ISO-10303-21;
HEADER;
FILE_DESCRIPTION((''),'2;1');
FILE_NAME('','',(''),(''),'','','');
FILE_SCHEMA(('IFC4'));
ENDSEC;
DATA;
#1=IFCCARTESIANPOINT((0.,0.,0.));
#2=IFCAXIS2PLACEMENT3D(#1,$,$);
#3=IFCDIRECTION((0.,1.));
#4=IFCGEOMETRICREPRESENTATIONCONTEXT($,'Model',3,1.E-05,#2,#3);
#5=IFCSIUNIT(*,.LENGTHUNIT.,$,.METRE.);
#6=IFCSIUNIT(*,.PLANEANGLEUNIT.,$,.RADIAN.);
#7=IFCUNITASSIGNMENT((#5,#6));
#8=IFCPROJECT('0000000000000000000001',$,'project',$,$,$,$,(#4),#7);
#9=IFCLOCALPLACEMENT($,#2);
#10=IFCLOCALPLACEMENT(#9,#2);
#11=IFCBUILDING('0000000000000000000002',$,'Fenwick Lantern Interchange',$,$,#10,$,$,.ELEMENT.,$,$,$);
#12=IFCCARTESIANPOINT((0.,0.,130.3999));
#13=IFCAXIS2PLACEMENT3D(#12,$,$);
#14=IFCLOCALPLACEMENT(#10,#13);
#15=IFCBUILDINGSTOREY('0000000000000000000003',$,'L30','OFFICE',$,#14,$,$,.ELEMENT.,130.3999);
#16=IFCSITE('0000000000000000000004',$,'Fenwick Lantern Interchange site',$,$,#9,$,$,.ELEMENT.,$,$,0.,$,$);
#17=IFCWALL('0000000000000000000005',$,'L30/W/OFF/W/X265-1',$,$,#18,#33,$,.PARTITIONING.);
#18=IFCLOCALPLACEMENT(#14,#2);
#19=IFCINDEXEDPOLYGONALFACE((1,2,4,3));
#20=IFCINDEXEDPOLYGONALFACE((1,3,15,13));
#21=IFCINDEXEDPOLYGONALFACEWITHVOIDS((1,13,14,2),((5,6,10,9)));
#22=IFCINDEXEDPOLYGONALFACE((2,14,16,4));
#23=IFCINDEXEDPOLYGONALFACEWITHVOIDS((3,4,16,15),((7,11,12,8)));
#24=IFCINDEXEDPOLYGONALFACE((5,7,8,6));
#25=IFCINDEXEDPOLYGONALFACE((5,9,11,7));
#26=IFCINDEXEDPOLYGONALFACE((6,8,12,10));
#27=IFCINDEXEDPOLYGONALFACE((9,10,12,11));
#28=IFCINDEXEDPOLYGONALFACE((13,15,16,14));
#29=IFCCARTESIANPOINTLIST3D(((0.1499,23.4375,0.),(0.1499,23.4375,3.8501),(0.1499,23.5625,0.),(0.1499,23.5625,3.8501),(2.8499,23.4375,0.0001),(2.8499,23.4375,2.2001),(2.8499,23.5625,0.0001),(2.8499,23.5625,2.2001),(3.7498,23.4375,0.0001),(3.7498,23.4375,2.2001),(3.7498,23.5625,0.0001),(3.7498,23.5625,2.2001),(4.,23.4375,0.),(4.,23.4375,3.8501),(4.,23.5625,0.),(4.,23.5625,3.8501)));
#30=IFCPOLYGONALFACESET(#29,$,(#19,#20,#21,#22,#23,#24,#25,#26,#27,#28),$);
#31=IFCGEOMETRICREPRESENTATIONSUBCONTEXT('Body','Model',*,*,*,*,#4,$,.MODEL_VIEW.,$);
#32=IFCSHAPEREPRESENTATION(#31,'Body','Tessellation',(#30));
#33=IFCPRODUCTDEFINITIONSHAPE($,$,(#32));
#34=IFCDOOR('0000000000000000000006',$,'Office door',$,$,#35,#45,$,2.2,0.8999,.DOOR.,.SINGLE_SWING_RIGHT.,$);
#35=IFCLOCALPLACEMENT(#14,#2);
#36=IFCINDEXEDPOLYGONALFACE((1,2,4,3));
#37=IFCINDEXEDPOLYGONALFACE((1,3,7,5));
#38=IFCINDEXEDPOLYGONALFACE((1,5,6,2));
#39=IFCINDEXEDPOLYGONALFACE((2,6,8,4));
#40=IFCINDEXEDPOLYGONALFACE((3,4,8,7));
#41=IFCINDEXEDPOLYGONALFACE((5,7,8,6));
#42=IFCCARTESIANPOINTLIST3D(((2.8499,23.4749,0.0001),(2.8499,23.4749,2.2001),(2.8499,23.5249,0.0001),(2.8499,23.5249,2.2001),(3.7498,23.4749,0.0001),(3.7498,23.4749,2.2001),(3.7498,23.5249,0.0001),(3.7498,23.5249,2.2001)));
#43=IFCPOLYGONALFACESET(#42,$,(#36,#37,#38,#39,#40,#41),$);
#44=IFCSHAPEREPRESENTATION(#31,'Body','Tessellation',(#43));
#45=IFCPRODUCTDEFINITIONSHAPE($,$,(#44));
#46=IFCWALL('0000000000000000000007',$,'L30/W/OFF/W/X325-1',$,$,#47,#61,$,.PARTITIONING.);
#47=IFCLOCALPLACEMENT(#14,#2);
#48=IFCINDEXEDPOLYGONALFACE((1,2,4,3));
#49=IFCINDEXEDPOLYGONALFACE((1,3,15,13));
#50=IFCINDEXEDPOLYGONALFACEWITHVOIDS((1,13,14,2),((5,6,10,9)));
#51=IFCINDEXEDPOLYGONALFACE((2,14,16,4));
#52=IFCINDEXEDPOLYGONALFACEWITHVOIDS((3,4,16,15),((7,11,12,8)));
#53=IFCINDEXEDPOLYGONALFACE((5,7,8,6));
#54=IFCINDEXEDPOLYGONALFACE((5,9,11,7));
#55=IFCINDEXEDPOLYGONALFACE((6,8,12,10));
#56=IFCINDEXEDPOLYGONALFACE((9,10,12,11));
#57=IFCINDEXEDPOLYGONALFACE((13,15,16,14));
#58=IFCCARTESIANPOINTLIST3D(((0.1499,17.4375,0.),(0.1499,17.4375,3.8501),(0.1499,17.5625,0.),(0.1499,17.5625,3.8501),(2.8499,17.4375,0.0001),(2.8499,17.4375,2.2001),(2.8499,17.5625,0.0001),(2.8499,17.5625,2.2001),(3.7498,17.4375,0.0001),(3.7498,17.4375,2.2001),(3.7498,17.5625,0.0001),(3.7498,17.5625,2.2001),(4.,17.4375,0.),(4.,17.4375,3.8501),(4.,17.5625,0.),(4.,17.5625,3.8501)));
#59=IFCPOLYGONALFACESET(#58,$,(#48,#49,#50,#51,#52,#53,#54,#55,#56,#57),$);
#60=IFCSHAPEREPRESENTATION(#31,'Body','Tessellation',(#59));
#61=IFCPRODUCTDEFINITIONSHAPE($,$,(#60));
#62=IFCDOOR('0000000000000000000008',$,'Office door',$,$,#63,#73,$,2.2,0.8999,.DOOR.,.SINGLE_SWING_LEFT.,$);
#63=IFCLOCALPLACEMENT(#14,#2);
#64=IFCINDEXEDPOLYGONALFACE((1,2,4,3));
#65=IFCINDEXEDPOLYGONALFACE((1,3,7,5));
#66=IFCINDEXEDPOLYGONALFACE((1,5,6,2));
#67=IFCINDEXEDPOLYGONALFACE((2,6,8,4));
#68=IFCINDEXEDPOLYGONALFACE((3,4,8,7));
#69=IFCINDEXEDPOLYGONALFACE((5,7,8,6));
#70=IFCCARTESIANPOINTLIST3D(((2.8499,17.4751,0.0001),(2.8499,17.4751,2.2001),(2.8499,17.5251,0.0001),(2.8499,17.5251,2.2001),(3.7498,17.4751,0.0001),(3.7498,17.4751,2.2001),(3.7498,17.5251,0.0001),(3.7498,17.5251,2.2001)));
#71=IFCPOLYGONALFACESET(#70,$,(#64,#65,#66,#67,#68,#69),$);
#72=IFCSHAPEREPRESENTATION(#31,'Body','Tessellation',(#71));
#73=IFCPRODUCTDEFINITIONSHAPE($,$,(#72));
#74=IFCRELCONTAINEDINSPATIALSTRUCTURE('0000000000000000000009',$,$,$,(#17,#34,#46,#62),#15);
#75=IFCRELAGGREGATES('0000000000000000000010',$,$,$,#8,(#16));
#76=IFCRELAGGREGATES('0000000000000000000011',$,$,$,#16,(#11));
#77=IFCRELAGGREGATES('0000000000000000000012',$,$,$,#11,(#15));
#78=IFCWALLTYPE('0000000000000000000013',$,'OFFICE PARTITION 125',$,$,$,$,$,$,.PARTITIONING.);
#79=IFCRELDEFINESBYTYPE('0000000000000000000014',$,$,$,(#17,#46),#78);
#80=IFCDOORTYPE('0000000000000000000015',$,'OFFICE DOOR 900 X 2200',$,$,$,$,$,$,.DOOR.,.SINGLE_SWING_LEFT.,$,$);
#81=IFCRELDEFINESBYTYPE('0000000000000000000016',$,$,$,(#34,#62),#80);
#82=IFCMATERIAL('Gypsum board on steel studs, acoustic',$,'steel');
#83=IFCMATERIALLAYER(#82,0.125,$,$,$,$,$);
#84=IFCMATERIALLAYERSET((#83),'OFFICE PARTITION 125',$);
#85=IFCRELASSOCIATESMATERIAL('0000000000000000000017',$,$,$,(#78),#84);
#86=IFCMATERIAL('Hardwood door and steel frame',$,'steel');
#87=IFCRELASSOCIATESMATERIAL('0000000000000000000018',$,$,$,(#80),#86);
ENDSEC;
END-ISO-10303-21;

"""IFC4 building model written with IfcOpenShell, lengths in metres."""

from ifc_helpers import new_model, si_unit, direction, frame, frame_2d, origin, place, context, subcontext, project, spatial, rectangle, extrude, material, layer, layer_set, type_object, element, fill, save


model = new_model("IFC4")

# Units and contexts
model_context = context("Model", 3, precision=1e-05, world=origin(), true_north=direction((0.0, 1.0)))
body_context = subcontext(model_context, "Body", "Model", "MODEL_VIEW")
ifc_project = project(units=[si_unit("LENGTHUNIT", "METRE"), si_unit("PLANEANGLEUNIT", "RADIAN")], contexts=[model_context])

# Site, building, storey
site_placement = place(None, origin())
site = spatial("IfcSite", under=ifc_project, at=site_placement, Name="Fenwick Lantern Interchange site", CompositionType="ELEMENT", RefElevation=0.0)
building_placement = place(site_placement, origin())
building = spatial("IfcBuilding", under=site, at=building_placement, Name="Fenwick Lantern Interchange", CompositionType="ELEMENT")
storey_placement = place(building_placement, frame((0.0, 0.0, 130.3999)))
storey = spatial("IfcBuildingStorey", under=building, at=storey_placement, Name="L30", Description="OFFICE", CompositionType="ELEMENT", Elevation=130.3999)

# Shared definitions
ifc_material_1 = material(Name="Gypsum board on steel studs, acoustic", Category="steel")
ifc_layer_1 = layer(ifc_material_1, 0.125)
ifc_layer_set_1 = layer_set([ifc_layer_1], Name="OFFICE PARTITION 125")
wall_type_1 = type_object("IfcWallType", Name="OFFICE PARTITION 125", PredefinedType="PARTITIONING", material=ifc_layer_set_1)

# Walls, openings, doors
wall_1_placement = place(storey_placement, frame((0.1499, 23.5, 0.0), z_axis=(0.0, 0.0, 1.0), x_axis=(1.0, 0.0, 0.0)))
wall_1 = element("IfcWall", 1, at=wall_1_placement, inside=storey, type_object=wall_type_1, Name="L30/W/OFF/W/X265-1", PredefinedType="PARTITIONING", context=body_context, shape_type="SweptSolid", body=[
    extrude(rectangle(XDim=3.8501, YDim=0.125, at=frame_2d((1.925, 0.0))), origin(), (0.0, 0.0, 1.0), 3.8501),
])
opening_1_placement = place(wall_1_placement, frame((2.7, 0.0, 0.0)))
opening_1 = element("IfcOpeningElement", 2, at=opening_1_placement, cuts=wall_1, PredefinedType="OPENING", context=body_context, shape_type="SweptSolid", body=[
    extrude(rectangle(XDim=0.8999, YDim=2.2, at=frame_2d((0.45, 1.1001))), frame((0.0, 0.0725, 0.0), z_axis=(0.0, -1.0, 0.0), x_axis=(1.0, 0.0, 0.0)), (0.0, 0.0, 1.0), 0.145),
])
ifc_material_2 = material(Name="Hardwood door and steel frame", Category="steel")
door_type = type_object("IfcDoorType", Name="OFFICE DOOR 900 X 2200", OperationType="SINGLE_SWING_LEFT", PredefinedType="DOOR", material=ifc_material_2)
door_1_placement = place(opening_1_placement, origin())
door_1 = element("IfcDoor", 3, at=door_1_placement, inside=storey, type_object=door_type, Name="Office door", OperationType="SINGLE_SWING_RIGHT", OverallHeight=2.2, OverallWidth=0.8999, PredefinedType="DOOR", context=body_context, shape_type="SweptSolid", body=[
    extrude(rectangle(XDim=0.8999, YDim=2.2, at=frame_2d((0.45, 1.1001))), frame((0.0, 0.0249, 0.0), z_axis=(0.0, -1.0, 0.0), x_axis=(1.0, 0.0, 0.0)), (0.0, 0.0, 1.0), 0.05),
])
fill(opening_1, door_1)
wall_2_placement = place(storey_placement, frame((0.1499, 17.5, 0.0), z_axis=(0.0, 0.0, 1.0), x_axis=(1.0, 0.0, 0.0)))
wall_2 = element("IfcWall", 4, at=wall_2_placement, inside=storey, type_object=wall_type_1, Name="L30/W/OFF/W/X325-1", PredefinedType="PARTITIONING", context=body_context, shape_type="SweptSolid", body=[
    extrude(rectangle(XDim=3.8501, YDim=0.125, at=frame_2d((1.925, 0.0))), origin(), (0.0, 0.0, 1.0), 3.8501),
])
opening_2_placement = place(wall_2_placement, frame((2.7, 0.0, 0.0)))
opening_2 = element("IfcOpeningElement", 5, at=opening_2_placement, cuts=wall_2, PredefinedType="OPENING", context=body_context, shape_type="SweptSolid", body=[
    extrude(rectangle(XDim=0.8999, YDim=2.2, at=frame_2d((0.45, 1.1001))), frame((0.0, 0.0725, 0.0), z_axis=(0.0, -1.0, 0.0), x_axis=(1.0, 0.0, 0.0)), (0.0, 0.0, 1.0), 0.145),
])
door_2_placement = place(opening_2_placement, frame((0.8999, 0.0, 0.0), z_axis=(0.0, 0.0, 1.0), x_axis=(-1.0, 0.0, 0.0)))
door_2 = element("IfcDoor", 6, at=door_2_placement, inside=storey, type_object=door_type, Name="Office door", OperationType="SINGLE_SWING_LEFT", OverallHeight=2.2, OverallWidth=0.8999, PredefinedType="DOOR", context=body_context, shape_type="SweptSolid", body=[
    extrude(rectangle(XDim=0.8999, YDim=2.2, at=frame_2d((0.45, 1.1001))), frame((0.0, 0.0249, 0.0), z_axis=(0.0, -1.0, 0.0), x_axis=(1.0, 0.0, 0.0)), (0.0, 0.0, 1.0), 0.05),
])
fill(opening_2, door_2)

save(model, "model.ifc")
